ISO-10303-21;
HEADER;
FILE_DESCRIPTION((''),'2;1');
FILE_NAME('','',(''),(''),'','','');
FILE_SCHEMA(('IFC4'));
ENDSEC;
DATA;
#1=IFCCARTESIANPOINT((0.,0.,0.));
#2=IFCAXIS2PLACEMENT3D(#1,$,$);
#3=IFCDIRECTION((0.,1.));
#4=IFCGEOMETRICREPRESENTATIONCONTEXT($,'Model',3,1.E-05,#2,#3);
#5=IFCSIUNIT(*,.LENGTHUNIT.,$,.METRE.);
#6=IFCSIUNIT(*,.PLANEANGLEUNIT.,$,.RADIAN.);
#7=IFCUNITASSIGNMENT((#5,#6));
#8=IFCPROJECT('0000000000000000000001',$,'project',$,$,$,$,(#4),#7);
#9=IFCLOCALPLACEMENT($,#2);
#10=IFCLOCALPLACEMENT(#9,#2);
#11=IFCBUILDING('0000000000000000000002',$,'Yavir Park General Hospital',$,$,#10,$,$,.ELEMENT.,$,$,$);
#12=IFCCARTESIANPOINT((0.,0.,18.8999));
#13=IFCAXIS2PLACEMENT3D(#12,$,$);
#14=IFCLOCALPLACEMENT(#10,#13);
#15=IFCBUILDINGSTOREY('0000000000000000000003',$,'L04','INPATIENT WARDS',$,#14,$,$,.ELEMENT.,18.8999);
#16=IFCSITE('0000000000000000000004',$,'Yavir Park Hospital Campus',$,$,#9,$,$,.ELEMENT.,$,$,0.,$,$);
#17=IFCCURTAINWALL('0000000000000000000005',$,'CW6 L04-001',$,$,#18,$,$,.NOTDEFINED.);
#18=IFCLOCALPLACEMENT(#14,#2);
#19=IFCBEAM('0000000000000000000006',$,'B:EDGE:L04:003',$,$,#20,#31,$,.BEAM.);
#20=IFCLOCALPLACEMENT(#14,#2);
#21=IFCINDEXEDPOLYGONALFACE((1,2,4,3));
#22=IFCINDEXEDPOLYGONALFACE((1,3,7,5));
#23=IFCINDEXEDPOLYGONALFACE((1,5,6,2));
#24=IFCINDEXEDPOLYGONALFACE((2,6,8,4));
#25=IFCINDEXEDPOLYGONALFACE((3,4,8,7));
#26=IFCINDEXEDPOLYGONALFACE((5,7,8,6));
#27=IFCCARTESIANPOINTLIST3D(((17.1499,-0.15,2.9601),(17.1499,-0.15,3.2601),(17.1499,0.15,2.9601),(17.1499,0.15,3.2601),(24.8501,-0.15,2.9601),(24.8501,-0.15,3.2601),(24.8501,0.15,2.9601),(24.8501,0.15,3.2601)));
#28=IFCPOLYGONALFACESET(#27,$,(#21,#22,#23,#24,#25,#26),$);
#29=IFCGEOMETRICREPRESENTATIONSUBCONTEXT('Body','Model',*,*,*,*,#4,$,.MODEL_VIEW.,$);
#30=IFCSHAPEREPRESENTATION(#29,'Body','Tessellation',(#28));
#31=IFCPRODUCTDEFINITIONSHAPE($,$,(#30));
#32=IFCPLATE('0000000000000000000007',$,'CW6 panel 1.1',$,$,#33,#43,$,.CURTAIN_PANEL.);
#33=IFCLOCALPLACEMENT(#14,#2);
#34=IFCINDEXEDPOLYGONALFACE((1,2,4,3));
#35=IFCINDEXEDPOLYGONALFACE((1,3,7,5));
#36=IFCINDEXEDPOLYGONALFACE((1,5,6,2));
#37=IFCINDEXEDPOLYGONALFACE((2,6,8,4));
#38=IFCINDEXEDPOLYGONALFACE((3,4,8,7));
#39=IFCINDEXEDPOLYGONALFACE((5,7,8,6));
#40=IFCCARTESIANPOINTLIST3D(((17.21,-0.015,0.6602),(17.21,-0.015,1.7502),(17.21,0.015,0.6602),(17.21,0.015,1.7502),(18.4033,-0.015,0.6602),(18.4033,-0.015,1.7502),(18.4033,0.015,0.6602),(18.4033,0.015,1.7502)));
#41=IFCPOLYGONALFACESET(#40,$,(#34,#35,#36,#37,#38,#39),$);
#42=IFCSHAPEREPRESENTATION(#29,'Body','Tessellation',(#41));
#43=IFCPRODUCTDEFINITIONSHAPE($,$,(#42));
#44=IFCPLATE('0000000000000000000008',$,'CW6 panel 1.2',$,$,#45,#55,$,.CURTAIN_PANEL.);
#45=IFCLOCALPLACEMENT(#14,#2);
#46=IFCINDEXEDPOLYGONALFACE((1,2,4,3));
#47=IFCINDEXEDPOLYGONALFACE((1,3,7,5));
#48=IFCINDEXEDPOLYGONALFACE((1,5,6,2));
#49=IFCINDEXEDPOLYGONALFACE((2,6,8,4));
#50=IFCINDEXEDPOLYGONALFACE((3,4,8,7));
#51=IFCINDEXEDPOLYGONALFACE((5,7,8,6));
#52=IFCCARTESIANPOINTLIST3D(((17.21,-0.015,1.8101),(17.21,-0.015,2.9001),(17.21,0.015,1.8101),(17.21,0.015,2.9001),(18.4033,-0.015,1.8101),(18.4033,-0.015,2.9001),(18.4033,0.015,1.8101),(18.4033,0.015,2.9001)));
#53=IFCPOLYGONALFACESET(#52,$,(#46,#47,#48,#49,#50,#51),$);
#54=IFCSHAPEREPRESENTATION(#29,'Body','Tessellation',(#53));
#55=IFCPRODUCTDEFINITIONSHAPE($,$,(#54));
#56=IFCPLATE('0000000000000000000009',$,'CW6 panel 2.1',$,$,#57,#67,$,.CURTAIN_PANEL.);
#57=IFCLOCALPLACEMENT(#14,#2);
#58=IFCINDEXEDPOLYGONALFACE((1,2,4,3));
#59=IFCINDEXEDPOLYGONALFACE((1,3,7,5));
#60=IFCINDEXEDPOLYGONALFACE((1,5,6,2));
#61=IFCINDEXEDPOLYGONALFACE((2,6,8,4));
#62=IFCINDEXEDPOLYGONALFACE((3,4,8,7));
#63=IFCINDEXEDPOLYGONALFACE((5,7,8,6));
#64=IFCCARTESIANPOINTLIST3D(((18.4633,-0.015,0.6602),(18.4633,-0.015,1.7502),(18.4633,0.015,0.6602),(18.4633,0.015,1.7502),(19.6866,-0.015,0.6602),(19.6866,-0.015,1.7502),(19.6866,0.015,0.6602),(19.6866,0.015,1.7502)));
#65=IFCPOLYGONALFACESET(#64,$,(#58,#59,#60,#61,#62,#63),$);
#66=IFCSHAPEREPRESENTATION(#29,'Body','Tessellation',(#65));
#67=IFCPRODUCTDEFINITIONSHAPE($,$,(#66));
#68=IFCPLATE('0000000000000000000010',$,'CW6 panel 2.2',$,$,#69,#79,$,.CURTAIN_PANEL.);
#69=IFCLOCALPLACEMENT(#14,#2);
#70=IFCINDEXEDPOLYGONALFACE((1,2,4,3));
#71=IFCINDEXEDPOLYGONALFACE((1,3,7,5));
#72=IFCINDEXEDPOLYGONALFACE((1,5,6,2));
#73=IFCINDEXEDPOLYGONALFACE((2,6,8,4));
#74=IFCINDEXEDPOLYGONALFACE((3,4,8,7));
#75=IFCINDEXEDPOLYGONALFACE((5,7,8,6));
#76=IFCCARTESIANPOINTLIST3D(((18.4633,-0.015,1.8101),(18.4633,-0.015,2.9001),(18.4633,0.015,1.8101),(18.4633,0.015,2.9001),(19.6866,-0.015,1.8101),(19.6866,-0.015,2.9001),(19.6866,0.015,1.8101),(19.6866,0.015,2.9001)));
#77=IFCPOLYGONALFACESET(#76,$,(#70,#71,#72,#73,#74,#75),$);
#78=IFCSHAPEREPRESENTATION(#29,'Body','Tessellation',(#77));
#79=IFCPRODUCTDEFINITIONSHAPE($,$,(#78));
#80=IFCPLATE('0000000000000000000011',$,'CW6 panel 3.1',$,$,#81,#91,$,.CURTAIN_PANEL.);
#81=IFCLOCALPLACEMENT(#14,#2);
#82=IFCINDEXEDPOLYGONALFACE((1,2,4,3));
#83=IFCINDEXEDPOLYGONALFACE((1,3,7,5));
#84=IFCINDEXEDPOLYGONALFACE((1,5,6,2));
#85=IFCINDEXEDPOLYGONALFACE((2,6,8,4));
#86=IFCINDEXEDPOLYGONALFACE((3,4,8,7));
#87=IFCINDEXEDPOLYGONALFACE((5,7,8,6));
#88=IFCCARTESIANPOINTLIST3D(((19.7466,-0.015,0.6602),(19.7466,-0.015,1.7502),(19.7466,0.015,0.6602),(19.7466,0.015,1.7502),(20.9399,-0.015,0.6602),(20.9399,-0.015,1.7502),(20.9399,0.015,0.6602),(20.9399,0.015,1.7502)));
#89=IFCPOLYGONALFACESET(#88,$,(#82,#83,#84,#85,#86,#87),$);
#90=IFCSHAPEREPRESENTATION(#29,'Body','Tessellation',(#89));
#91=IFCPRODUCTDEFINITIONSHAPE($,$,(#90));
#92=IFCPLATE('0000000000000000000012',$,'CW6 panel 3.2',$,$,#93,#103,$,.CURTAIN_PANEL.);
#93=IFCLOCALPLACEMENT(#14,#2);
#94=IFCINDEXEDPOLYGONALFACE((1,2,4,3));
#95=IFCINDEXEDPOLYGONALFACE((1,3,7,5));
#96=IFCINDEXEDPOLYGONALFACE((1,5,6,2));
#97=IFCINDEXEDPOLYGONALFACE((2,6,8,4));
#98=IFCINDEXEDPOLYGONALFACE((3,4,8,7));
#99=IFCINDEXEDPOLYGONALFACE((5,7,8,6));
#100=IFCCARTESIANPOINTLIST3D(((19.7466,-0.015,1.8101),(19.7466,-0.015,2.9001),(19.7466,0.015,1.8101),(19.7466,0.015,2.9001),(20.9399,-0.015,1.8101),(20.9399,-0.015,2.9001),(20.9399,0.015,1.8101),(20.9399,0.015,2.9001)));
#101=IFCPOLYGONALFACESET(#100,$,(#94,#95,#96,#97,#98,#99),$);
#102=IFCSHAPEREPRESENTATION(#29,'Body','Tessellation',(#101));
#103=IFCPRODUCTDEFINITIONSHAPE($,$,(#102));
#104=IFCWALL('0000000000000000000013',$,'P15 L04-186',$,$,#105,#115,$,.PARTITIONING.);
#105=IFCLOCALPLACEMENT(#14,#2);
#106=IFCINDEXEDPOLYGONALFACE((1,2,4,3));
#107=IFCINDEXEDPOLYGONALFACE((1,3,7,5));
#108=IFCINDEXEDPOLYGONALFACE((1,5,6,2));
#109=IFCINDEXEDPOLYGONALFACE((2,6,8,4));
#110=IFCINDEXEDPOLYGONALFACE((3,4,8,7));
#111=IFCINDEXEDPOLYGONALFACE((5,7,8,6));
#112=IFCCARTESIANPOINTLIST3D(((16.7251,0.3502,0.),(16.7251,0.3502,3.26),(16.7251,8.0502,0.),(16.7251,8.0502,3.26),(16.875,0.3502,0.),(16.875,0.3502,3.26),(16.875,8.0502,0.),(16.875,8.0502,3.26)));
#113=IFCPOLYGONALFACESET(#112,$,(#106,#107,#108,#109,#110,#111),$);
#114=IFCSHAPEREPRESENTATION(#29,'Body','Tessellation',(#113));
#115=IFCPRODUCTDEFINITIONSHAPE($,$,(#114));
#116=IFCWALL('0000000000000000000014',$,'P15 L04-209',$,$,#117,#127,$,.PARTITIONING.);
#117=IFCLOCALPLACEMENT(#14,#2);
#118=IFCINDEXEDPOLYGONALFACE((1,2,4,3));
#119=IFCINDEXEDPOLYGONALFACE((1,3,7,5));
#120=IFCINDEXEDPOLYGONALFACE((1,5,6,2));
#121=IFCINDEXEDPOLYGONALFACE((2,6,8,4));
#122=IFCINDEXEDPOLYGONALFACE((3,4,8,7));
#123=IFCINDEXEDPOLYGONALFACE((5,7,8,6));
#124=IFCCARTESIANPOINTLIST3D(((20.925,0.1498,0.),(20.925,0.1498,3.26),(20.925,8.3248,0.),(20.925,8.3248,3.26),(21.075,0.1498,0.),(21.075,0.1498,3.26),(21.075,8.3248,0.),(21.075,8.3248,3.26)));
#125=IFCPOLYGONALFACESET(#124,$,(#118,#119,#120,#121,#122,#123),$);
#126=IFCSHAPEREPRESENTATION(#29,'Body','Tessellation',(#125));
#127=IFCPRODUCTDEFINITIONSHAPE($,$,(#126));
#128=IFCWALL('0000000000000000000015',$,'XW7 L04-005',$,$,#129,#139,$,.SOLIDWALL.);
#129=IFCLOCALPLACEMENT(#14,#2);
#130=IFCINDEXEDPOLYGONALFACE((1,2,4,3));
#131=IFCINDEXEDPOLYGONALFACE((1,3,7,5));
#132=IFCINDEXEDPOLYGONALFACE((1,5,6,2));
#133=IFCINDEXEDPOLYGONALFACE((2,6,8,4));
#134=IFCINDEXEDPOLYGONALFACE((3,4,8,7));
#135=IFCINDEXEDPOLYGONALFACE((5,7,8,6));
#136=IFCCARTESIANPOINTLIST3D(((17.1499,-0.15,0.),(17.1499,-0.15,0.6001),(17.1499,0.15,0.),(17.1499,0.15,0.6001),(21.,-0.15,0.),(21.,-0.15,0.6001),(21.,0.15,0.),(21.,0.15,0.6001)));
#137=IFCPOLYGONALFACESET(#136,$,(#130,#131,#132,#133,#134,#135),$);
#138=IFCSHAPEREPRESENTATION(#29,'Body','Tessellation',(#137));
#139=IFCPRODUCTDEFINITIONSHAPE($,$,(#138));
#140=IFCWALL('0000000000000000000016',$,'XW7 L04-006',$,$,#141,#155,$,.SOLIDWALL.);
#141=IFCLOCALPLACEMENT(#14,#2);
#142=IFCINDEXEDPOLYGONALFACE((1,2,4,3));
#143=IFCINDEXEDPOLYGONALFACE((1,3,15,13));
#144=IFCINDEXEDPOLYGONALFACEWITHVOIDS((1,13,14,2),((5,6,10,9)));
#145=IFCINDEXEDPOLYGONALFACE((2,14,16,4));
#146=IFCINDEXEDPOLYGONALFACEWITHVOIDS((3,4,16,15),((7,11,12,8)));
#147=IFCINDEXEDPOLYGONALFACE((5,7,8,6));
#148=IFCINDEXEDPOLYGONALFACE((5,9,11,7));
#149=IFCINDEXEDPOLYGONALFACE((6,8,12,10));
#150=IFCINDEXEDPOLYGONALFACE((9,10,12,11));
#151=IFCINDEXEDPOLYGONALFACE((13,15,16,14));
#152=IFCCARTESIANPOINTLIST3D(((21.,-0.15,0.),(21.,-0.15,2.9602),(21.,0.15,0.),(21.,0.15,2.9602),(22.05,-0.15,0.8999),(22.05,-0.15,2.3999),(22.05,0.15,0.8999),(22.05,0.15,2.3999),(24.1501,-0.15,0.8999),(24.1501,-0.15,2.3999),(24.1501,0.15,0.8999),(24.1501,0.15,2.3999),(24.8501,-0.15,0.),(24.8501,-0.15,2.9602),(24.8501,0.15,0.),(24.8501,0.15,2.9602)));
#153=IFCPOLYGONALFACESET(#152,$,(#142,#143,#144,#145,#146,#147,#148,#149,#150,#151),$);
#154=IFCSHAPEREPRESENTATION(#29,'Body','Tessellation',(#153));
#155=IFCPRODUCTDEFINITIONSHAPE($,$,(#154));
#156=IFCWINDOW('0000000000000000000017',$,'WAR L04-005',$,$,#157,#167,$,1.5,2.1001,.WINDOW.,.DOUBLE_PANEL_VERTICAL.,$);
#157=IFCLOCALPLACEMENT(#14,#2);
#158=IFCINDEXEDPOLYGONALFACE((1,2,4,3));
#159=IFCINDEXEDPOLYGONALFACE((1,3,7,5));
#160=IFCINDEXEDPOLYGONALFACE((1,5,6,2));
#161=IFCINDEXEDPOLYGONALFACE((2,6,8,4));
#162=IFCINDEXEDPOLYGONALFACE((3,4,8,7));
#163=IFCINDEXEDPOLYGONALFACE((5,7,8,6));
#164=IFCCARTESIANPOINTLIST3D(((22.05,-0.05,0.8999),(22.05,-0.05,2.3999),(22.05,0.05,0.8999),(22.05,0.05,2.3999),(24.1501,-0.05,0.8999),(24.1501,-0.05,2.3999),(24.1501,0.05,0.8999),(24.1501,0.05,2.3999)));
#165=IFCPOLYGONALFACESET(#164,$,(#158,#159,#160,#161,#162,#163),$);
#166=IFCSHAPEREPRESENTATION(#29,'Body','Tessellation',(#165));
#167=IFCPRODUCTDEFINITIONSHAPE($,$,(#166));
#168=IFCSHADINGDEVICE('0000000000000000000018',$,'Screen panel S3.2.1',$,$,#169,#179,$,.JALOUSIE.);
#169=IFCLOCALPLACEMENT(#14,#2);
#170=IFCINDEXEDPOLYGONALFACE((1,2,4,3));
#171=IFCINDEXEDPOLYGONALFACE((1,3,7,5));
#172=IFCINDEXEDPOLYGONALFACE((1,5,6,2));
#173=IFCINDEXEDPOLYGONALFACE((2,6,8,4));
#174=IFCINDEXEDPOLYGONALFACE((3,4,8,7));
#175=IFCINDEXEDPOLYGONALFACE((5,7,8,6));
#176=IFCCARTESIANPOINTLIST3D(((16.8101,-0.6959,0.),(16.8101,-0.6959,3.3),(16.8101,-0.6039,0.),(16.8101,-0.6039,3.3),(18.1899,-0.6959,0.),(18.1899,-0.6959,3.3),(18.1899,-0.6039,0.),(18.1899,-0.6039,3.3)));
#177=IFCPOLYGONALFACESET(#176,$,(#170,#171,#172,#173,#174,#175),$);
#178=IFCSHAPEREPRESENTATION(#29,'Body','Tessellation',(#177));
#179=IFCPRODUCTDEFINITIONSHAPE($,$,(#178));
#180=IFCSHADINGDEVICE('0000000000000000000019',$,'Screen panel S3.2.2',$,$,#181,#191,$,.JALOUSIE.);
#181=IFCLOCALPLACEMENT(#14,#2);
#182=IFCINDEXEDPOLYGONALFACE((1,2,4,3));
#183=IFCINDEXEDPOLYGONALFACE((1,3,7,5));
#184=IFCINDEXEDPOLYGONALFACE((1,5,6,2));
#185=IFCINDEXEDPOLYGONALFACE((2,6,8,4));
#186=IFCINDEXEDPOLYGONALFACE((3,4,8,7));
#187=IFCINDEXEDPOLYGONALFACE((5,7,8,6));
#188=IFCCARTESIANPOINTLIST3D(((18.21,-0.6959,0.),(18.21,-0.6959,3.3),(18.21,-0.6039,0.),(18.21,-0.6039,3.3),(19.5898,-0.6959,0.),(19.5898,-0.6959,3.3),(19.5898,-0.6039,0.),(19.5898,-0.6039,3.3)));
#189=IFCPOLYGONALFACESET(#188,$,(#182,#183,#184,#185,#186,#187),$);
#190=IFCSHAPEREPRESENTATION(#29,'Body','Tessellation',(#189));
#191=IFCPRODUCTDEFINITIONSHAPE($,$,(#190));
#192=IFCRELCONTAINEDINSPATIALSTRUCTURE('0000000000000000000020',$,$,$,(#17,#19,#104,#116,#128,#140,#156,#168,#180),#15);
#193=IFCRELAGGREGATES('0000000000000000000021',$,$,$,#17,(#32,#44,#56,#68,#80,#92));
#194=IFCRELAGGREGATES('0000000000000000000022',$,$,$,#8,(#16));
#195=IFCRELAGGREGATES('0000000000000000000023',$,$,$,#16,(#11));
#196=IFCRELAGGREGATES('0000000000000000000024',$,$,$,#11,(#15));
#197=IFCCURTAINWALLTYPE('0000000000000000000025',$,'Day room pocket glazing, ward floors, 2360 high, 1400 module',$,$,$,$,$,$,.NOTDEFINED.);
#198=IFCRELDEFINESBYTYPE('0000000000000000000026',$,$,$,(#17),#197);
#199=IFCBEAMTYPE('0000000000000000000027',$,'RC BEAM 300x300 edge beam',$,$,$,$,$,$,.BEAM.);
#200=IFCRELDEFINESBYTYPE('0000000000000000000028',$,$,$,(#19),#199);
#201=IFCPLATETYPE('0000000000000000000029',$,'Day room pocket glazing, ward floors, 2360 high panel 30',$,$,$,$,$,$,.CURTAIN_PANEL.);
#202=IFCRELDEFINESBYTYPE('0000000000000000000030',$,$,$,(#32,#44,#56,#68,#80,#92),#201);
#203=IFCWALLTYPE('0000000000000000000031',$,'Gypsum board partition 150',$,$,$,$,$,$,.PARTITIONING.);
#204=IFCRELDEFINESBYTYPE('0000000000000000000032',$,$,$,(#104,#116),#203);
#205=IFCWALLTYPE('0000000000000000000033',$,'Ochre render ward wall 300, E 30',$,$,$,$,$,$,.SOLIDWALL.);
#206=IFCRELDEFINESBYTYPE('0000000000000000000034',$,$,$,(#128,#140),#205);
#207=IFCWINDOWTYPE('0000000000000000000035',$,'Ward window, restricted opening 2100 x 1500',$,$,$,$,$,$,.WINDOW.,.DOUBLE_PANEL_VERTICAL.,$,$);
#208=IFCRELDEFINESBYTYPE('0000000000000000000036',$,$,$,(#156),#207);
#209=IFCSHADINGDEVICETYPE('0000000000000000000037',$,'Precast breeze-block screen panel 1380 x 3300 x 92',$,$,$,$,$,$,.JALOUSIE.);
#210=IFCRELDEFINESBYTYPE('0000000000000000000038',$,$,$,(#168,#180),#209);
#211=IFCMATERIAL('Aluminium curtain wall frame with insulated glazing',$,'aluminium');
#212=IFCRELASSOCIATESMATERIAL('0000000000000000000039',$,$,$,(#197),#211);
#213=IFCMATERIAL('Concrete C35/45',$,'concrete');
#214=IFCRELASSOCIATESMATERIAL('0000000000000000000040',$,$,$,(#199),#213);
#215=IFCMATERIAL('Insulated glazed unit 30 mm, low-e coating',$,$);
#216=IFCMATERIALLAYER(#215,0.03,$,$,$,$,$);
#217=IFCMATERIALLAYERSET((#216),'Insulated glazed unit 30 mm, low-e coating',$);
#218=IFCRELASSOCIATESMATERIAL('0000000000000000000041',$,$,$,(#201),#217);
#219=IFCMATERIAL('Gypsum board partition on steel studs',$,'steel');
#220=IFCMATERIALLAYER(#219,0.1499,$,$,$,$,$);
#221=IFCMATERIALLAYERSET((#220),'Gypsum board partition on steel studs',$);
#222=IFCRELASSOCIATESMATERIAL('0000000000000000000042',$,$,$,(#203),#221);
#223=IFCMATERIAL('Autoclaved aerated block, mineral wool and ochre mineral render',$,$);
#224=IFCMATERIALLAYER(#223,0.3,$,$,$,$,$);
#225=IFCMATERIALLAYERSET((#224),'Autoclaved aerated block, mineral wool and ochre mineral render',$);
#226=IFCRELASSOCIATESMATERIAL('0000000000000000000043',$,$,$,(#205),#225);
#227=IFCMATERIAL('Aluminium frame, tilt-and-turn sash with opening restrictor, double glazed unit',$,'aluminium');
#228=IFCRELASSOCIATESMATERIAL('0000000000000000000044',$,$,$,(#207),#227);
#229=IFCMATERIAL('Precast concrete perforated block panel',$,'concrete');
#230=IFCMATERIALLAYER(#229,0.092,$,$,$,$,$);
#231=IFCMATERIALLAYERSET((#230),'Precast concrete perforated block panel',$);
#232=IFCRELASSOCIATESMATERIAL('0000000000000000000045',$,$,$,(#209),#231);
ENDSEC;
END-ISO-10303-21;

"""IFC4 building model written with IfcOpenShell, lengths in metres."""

from ifc_helpers import new_model, si_unit, direction, frame, frame_2d, origin, origin_2d, place, context, subcontext, project, spatial, rectangle, extrude, material, layer, layer_set, material_profile, profile_set, type_object, element, fill, aggregate, save


model = new_model("IFC4")

# Units and contexts
model_context = context("Model", 3, precision=1e-05, world=origin(), true_north=direction((0.0, 1.0)))
body_context = subcontext(model_context, "Body", "Model", "MODEL_VIEW")
ifc_project = project(units=[si_unit("LENGTHUNIT", "METRE"), si_unit("PLANEANGLEUNIT", "RADIAN")], contexts=[model_context])

# Site, building, storey
site_placement = place(None, origin())
site = spatial("IfcSite", under=ifc_project, at=site_placement, Name="Yavir Park Hospital Campus", CompositionType="ELEMENT", RefElevation=0.0)
building_placement = place(site_placement, origin())
building = spatial("IfcBuilding", under=site, at=building_placement, Name="Yavir Park General Hospital", CompositionType="ELEMENT")
storey_placement = place(building_placement, frame((0.0, 0.0, 18.8999)))
storey = spatial("IfcBuildingStorey", under=building, at=storey_placement, Name="L04", Description="INPATIENT WARDS", CompositionType="ELEMENT", Elevation=18.8999)

# Curtain wall
ifc_material_1 = material(Name="Aluminium curtain wall frame with insulated glazing", Category="aluminium")
curtain_wall_type = type_object("IfcCurtainWallType", Name="Day room pocket glazing, ward floors, 2360 high, 1400 module", PredefinedType="NOTDEFINED", material=ifc_material_1)
curtain_wall_placement = place(storey_placement, origin())
curtain_wall = element("IfcCurtainWall", 1, at=curtain_wall_placement, inside=storey, type_object=curtain_wall_type, Name="CW6 L04-001", PredefinedType="NOTDEFINED")

# Beam
ifc_material_2 = material(Name="Concrete C35/45", Category="concrete")
ifc_material_profile_1 = material_profile(ifc_material_2, rectangle(XDim=0.3, YDim=0.3, at=origin_2d()), Name="RC300x300")
ifc_profile_set_1 = profile_set([ifc_material_profile_1], Name="Concrete C35/45")
beam_type = type_object("IfcBeamType", Name="RC BEAM 300x300 edge beam", PredefinedType="BEAM", material=ifc_profile_set_1)
beam_placement = place(storey_placement, frame((17.1499, 0.0, 3.1101), z_axis=(1.0, 0.0, 0.0), x_axis=(0.0, 1.0, 0.0)))
element("IfcBeam", 2, at=beam_placement, inside=storey, type_object=beam_type, Name="B:EDGE:L04:003", PredefinedType="BEAM", context=body_context, shape_type="SweptSolid", body=[
    extrude(rectangle(XDim=0.3, YDim=0.3, at=origin_2d()), origin(), (0.0, 0.0, 1.0), 7.7002),
])

# Plates
ifc_material_3 = material(Name="Insulated glazed unit 30 mm, low-e coating")
ifc_layer_1 = layer(ifc_material_3, 0.03)
ifc_layer_set_1 = layer_set([ifc_layer_1], Name="Insulated glazed unit 30 mm, low-e coating")
plate_type = type_object("IfcPlateType", Name="Day room pocket glazing, ward floors, 2360 high panel 30", PredefinedType="CURTAIN_PANEL", material=ifc_layer_set_1)
plate_1_placement = place(storey_placement, frame((17.8066, 0.0, 0.6602), z_axis=(0.0, 0.0, 1.0), x_axis=(1.0, 0.0, 0.0)))
plate_1 = element("IfcPlate", 3, at=plate_1_placement, type_object=plate_type, Name="CW6 panel 1.1", PredefinedType="CURTAIN_PANEL", context=body_context, shape_type="SweptSolid", body=[
    extrude(rectangle(XDim=1.1934, YDim=0.03, at=origin_2d()), origin(), (0.0, 0.0, 1.0), 1.0901),
])
plate_2_placement = place(storey_placement, frame((17.8066, 0.0, 1.8101), z_axis=(0.0, 0.0, 1.0), x_axis=(1.0, 0.0, 0.0)))
plate_2 = element("IfcPlate", 4, at=plate_2_placement, type_object=plate_type, Name="CW6 panel 1.2", PredefinedType="CURTAIN_PANEL", context=body_context, shape_type="SweptSolid", body=[
    extrude(rectangle(XDim=1.1934, YDim=0.03, at=origin_2d()), origin(), (0.0, 0.0, 1.0), 1.0901),
])
plate_3_placement = place(storey_placement, frame((19.075, 0.0, 0.6602), z_axis=(0.0, 0.0, 1.0), x_axis=(1.0, 0.0, 0.0)))
plate_3 = element("IfcPlate", 5, at=plate_3_placement, type_object=plate_type, Name="CW6 panel 2.1", PredefinedType="CURTAIN_PANEL", context=body_context, shape_type="SweptSolid", body=[
    extrude(rectangle(XDim=1.2234, YDim=0.03, at=origin_2d()), origin(), (0.0, 0.0, 1.0), 1.0901),
])
plate_4_placement = place(storey_placement, frame((19.075, 0.0, 1.8101), z_axis=(0.0, 0.0, 1.0), x_axis=(1.0, 0.0, 0.0)))
plate_4 = element("IfcPlate", 6, at=plate_4_placement, type_object=plate_type, Name="CW6 panel 2.2", PredefinedType="CURTAIN_PANEL", context=body_context, shape_type="SweptSolid", body=[
    extrude(rectangle(XDim=1.2234, YDim=0.03, at=origin_2d()), origin(), (0.0, 0.0, 1.0), 1.0901),
])
plate_5_placement = place(storey_placement, frame((20.3433, 0.0, 0.6602), z_axis=(0.0, 0.0, 1.0), x_axis=(1.0, 0.0, 0.0)))
plate_5 = element("IfcPlate", 7, at=plate_5_placement, type_object=plate_type, Name="CW6 panel 3.1", PredefinedType="CURTAIN_PANEL", context=body_context, shape_type="SweptSolid", body=[
    extrude(rectangle(XDim=1.1934, YDim=0.03, at=origin_2d()), origin(), (0.0, 0.0, 1.0), 1.0901),
])
plate_6_placement = place(storey_placement, frame((20.3433, 0.0, 1.8101), z_axis=(0.0, 0.0, 1.0), x_axis=(1.0, 0.0, 0.0)))
plate_6 = element("IfcPlate", 8, at=plate_6_placement, type_object=plate_type, Name="CW6 panel 3.2", PredefinedType="CURTAIN_PANEL", context=body_context, shape_type="SweptSolid", body=[
    extrude(rectangle(XDim=1.1934, YDim=0.03, at=origin_2d()), origin(), (0.0, 0.0, 1.0), 1.0901),
])
aggregate(curtain_wall, [plate_1, plate_2, plate_3, plate_4, plate_5, plate_6])

# Walls
ifc_material_4 = material(Name="Gypsum board partition on steel studs", Category="steel")
ifc_layer_2 = layer(ifc_material_4, 0.1499)
ifc_layer_set_2 = layer_set([ifc_layer_2], Name="Gypsum board partition on steel studs")
wall_type_1 = type_object("IfcWallType", Name="Gypsum board partition 150", PredefinedType="PARTITIONING", material=ifc_layer_set_2)
wall_1_placement = place(storey_placement, frame((16.8, 0.3501, 0.0), z_axis=(0.0, 0.0, 1.0), x_axis=(0.0, 1.0, 0.0)))
element("IfcWall", 9, at=wall_1_placement, inside=storey, type_object=wall_type_1, Name="P15 L04-186", PredefinedType="PARTITIONING", context=body_context, shape_type="SweptSolid", body=[
    extrude(rectangle(XDim=7.7, YDim=0.1499, at=frame_2d((3.8501, 0.0))), origin(), (0.0, 0.0, 1.0), 3.26),
])
wall_2_placement = place(storey_placement, frame((21.0, 0.1499, 0.0), z_axis=(0.0, 0.0, 1.0), x_axis=(0.0, 1.0, 0.0)))
element("IfcWall", 10, at=wall_2_placement, inside=storey, type_object=wall_type_1, Name="P15 L04-209", PredefinedType="PARTITIONING", context=body_context, shape_type="SweptSolid", body=[
    extrude(rectangle(XDim=8.175, YDim=0.1499, at=frame_2d((4.0874, 0.0))), origin(), (0.0, 0.0, 1.0), 3.26),
])
ifc_material_5 = material(Name="Autoclaved aerated block, mineral wool and ochre mineral render")
ifc_layer_3 = layer(ifc_material_5, 0.3)
ifc_layer_set_3 = layer_set([ifc_layer_3], Name="Autoclaved aerated block, mineral wool and ochre mineral render")
wall_type_2 = type_object("IfcWallType", Name="Ochre render ward wall 300, E 30", PredefinedType="SOLIDWALL", material=ifc_layer_set_3)
wall_3_placement = place(storey_placement, frame((17.1499, 0.0, 0.0), z_axis=(0.0, 0.0, 1.0), x_axis=(1.0, 0.0, 0.0)))
element("IfcWall", 11, at=wall_3_placement, inside=storey, type_object=wall_type_2, Name="XW7 L04-005", PredefinedType="SOLIDWALL", context=body_context, shape_type="SweptSolid", body=[
    extrude(rectangle(XDim=3.8501, YDim=0.3, at=frame_2d((1.925, 0.0))), origin(), (0.0, 0.0, 1.0), 0.6001),
])

# Wall, opening, window
wall_4_placement = place(storey_placement, frame((21.0, 0.0, 0.0), z_axis=(0.0, 0.0, 1.0), x_axis=(1.0, 0.0, 0.0)))
wall_4 = element("IfcWall", 12, at=wall_4_placement, inside=storey, type_object=wall_type_2, Name="XW7 L04-006", PredefinedType="SOLIDWALL", context=body_context, shape_type="SweptSolid", body=[
    extrude(rectangle(XDim=3.8501, YDim=0.3, at=frame_2d((1.925, 0.0))), origin(), (0.0, 0.0, 1.0), 2.9602),
])
opening_placement = place(wall_4_placement, frame((1.05, 0.0, 0.8999)))
opening = element("IfcOpeningElement", 13, at=opening_placement, cuts=wall_4, PredefinedType="OPENING", context=body_context, shape_type="SweptSolid", body=[
    extrude(rectangle(XDim=2.1001, YDim=1.5, at=frame_2d((1.05, 0.75))), frame((0.0, 0.1599, 0.0), z_axis=(0.0, -1.0, 0.0), x_axis=(1.0, 0.0, 0.0)), (0.0, 0.0, 1.0), 0.3201),
])
ifc_material_6 = material(Name="Aluminium frame, tilt-and-turn sash with opening restrictor, double glazed unit", Category="aluminium")
window_type = type_object("IfcWindowType", Name="Ward window, restricted opening 2100 x 1500", PartitioningType="DOUBLE_PANEL_VERTICAL", PredefinedType="WINDOW", material=ifc_material_6)
window_placement = place(opening_placement, origin())
window = element("IfcWindow", 14, at=window_placement, inside=storey, type_object=window_type, Name="WAR L04-005", OverallHeight=1.5, OverallWidth=2.1001, PartitioningType="DOUBLE_PANEL_VERTICAL", PredefinedType="WINDOW", context=body_context, shape_type="SweptSolid", body=[
    extrude(rectangle(XDim=2.1001, YDim=1.5, at=frame_2d((1.05, 0.75))), frame((0.0, 0.05, 0.0), z_axis=(0.0, -1.0, 0.0), x_axis=(1.0, 0.0, 0.0)), (0.0, 0.0, 1.0), 0.1001),
])
fill(opening, window)

# Shading devices
ifc_material_7 = material(Name="Precast concrete perforated block panel", Category="concrete")
ifc_layer_4 = layer(ifc_material_7, 0.092)
ifc_layer_set_4 = layer_set([ifc_layer_4], Name="Precast concrete perforated block panel")
shading_device_type = type_object("IfcShadingDeviceType", Name="Precast breeze-block screen panel 1380 x 3300 x 92", PredefinedType="JALOUSIE", material=ifc_layer_set_4)
for number, where, z_axis, x_axis, name in (
    (15, (17.5, -0.6499, 0.0), (0.0, 0.0, 1.0), (1.0, 0.0, 0.0), "Screen panel S3.2.1"),
    (16, (18.8999, -0.6499, 0.0), (0.0, 0.0, 1.0), (1.0, 0.0, 0.0), "Screen panel S3.2.2"),
):
    element("IfcShadingDevice", number, at=place(storey_placement, frame(where, z_axis=z_axis, x_axis=x_axis)), inside=storey, type_object=shading_device_type, Name=name, PredefinedType="JALOUSIE", context=body_context, shape_type="SweptSolid", body=[
        extrude(rectangle(XDim=1.3799, YDim=0.092, at=origin_2d()), origin(), (0.0, 0.0, 1.0), 3.3),
    ])

save(model, "model.ifc")
